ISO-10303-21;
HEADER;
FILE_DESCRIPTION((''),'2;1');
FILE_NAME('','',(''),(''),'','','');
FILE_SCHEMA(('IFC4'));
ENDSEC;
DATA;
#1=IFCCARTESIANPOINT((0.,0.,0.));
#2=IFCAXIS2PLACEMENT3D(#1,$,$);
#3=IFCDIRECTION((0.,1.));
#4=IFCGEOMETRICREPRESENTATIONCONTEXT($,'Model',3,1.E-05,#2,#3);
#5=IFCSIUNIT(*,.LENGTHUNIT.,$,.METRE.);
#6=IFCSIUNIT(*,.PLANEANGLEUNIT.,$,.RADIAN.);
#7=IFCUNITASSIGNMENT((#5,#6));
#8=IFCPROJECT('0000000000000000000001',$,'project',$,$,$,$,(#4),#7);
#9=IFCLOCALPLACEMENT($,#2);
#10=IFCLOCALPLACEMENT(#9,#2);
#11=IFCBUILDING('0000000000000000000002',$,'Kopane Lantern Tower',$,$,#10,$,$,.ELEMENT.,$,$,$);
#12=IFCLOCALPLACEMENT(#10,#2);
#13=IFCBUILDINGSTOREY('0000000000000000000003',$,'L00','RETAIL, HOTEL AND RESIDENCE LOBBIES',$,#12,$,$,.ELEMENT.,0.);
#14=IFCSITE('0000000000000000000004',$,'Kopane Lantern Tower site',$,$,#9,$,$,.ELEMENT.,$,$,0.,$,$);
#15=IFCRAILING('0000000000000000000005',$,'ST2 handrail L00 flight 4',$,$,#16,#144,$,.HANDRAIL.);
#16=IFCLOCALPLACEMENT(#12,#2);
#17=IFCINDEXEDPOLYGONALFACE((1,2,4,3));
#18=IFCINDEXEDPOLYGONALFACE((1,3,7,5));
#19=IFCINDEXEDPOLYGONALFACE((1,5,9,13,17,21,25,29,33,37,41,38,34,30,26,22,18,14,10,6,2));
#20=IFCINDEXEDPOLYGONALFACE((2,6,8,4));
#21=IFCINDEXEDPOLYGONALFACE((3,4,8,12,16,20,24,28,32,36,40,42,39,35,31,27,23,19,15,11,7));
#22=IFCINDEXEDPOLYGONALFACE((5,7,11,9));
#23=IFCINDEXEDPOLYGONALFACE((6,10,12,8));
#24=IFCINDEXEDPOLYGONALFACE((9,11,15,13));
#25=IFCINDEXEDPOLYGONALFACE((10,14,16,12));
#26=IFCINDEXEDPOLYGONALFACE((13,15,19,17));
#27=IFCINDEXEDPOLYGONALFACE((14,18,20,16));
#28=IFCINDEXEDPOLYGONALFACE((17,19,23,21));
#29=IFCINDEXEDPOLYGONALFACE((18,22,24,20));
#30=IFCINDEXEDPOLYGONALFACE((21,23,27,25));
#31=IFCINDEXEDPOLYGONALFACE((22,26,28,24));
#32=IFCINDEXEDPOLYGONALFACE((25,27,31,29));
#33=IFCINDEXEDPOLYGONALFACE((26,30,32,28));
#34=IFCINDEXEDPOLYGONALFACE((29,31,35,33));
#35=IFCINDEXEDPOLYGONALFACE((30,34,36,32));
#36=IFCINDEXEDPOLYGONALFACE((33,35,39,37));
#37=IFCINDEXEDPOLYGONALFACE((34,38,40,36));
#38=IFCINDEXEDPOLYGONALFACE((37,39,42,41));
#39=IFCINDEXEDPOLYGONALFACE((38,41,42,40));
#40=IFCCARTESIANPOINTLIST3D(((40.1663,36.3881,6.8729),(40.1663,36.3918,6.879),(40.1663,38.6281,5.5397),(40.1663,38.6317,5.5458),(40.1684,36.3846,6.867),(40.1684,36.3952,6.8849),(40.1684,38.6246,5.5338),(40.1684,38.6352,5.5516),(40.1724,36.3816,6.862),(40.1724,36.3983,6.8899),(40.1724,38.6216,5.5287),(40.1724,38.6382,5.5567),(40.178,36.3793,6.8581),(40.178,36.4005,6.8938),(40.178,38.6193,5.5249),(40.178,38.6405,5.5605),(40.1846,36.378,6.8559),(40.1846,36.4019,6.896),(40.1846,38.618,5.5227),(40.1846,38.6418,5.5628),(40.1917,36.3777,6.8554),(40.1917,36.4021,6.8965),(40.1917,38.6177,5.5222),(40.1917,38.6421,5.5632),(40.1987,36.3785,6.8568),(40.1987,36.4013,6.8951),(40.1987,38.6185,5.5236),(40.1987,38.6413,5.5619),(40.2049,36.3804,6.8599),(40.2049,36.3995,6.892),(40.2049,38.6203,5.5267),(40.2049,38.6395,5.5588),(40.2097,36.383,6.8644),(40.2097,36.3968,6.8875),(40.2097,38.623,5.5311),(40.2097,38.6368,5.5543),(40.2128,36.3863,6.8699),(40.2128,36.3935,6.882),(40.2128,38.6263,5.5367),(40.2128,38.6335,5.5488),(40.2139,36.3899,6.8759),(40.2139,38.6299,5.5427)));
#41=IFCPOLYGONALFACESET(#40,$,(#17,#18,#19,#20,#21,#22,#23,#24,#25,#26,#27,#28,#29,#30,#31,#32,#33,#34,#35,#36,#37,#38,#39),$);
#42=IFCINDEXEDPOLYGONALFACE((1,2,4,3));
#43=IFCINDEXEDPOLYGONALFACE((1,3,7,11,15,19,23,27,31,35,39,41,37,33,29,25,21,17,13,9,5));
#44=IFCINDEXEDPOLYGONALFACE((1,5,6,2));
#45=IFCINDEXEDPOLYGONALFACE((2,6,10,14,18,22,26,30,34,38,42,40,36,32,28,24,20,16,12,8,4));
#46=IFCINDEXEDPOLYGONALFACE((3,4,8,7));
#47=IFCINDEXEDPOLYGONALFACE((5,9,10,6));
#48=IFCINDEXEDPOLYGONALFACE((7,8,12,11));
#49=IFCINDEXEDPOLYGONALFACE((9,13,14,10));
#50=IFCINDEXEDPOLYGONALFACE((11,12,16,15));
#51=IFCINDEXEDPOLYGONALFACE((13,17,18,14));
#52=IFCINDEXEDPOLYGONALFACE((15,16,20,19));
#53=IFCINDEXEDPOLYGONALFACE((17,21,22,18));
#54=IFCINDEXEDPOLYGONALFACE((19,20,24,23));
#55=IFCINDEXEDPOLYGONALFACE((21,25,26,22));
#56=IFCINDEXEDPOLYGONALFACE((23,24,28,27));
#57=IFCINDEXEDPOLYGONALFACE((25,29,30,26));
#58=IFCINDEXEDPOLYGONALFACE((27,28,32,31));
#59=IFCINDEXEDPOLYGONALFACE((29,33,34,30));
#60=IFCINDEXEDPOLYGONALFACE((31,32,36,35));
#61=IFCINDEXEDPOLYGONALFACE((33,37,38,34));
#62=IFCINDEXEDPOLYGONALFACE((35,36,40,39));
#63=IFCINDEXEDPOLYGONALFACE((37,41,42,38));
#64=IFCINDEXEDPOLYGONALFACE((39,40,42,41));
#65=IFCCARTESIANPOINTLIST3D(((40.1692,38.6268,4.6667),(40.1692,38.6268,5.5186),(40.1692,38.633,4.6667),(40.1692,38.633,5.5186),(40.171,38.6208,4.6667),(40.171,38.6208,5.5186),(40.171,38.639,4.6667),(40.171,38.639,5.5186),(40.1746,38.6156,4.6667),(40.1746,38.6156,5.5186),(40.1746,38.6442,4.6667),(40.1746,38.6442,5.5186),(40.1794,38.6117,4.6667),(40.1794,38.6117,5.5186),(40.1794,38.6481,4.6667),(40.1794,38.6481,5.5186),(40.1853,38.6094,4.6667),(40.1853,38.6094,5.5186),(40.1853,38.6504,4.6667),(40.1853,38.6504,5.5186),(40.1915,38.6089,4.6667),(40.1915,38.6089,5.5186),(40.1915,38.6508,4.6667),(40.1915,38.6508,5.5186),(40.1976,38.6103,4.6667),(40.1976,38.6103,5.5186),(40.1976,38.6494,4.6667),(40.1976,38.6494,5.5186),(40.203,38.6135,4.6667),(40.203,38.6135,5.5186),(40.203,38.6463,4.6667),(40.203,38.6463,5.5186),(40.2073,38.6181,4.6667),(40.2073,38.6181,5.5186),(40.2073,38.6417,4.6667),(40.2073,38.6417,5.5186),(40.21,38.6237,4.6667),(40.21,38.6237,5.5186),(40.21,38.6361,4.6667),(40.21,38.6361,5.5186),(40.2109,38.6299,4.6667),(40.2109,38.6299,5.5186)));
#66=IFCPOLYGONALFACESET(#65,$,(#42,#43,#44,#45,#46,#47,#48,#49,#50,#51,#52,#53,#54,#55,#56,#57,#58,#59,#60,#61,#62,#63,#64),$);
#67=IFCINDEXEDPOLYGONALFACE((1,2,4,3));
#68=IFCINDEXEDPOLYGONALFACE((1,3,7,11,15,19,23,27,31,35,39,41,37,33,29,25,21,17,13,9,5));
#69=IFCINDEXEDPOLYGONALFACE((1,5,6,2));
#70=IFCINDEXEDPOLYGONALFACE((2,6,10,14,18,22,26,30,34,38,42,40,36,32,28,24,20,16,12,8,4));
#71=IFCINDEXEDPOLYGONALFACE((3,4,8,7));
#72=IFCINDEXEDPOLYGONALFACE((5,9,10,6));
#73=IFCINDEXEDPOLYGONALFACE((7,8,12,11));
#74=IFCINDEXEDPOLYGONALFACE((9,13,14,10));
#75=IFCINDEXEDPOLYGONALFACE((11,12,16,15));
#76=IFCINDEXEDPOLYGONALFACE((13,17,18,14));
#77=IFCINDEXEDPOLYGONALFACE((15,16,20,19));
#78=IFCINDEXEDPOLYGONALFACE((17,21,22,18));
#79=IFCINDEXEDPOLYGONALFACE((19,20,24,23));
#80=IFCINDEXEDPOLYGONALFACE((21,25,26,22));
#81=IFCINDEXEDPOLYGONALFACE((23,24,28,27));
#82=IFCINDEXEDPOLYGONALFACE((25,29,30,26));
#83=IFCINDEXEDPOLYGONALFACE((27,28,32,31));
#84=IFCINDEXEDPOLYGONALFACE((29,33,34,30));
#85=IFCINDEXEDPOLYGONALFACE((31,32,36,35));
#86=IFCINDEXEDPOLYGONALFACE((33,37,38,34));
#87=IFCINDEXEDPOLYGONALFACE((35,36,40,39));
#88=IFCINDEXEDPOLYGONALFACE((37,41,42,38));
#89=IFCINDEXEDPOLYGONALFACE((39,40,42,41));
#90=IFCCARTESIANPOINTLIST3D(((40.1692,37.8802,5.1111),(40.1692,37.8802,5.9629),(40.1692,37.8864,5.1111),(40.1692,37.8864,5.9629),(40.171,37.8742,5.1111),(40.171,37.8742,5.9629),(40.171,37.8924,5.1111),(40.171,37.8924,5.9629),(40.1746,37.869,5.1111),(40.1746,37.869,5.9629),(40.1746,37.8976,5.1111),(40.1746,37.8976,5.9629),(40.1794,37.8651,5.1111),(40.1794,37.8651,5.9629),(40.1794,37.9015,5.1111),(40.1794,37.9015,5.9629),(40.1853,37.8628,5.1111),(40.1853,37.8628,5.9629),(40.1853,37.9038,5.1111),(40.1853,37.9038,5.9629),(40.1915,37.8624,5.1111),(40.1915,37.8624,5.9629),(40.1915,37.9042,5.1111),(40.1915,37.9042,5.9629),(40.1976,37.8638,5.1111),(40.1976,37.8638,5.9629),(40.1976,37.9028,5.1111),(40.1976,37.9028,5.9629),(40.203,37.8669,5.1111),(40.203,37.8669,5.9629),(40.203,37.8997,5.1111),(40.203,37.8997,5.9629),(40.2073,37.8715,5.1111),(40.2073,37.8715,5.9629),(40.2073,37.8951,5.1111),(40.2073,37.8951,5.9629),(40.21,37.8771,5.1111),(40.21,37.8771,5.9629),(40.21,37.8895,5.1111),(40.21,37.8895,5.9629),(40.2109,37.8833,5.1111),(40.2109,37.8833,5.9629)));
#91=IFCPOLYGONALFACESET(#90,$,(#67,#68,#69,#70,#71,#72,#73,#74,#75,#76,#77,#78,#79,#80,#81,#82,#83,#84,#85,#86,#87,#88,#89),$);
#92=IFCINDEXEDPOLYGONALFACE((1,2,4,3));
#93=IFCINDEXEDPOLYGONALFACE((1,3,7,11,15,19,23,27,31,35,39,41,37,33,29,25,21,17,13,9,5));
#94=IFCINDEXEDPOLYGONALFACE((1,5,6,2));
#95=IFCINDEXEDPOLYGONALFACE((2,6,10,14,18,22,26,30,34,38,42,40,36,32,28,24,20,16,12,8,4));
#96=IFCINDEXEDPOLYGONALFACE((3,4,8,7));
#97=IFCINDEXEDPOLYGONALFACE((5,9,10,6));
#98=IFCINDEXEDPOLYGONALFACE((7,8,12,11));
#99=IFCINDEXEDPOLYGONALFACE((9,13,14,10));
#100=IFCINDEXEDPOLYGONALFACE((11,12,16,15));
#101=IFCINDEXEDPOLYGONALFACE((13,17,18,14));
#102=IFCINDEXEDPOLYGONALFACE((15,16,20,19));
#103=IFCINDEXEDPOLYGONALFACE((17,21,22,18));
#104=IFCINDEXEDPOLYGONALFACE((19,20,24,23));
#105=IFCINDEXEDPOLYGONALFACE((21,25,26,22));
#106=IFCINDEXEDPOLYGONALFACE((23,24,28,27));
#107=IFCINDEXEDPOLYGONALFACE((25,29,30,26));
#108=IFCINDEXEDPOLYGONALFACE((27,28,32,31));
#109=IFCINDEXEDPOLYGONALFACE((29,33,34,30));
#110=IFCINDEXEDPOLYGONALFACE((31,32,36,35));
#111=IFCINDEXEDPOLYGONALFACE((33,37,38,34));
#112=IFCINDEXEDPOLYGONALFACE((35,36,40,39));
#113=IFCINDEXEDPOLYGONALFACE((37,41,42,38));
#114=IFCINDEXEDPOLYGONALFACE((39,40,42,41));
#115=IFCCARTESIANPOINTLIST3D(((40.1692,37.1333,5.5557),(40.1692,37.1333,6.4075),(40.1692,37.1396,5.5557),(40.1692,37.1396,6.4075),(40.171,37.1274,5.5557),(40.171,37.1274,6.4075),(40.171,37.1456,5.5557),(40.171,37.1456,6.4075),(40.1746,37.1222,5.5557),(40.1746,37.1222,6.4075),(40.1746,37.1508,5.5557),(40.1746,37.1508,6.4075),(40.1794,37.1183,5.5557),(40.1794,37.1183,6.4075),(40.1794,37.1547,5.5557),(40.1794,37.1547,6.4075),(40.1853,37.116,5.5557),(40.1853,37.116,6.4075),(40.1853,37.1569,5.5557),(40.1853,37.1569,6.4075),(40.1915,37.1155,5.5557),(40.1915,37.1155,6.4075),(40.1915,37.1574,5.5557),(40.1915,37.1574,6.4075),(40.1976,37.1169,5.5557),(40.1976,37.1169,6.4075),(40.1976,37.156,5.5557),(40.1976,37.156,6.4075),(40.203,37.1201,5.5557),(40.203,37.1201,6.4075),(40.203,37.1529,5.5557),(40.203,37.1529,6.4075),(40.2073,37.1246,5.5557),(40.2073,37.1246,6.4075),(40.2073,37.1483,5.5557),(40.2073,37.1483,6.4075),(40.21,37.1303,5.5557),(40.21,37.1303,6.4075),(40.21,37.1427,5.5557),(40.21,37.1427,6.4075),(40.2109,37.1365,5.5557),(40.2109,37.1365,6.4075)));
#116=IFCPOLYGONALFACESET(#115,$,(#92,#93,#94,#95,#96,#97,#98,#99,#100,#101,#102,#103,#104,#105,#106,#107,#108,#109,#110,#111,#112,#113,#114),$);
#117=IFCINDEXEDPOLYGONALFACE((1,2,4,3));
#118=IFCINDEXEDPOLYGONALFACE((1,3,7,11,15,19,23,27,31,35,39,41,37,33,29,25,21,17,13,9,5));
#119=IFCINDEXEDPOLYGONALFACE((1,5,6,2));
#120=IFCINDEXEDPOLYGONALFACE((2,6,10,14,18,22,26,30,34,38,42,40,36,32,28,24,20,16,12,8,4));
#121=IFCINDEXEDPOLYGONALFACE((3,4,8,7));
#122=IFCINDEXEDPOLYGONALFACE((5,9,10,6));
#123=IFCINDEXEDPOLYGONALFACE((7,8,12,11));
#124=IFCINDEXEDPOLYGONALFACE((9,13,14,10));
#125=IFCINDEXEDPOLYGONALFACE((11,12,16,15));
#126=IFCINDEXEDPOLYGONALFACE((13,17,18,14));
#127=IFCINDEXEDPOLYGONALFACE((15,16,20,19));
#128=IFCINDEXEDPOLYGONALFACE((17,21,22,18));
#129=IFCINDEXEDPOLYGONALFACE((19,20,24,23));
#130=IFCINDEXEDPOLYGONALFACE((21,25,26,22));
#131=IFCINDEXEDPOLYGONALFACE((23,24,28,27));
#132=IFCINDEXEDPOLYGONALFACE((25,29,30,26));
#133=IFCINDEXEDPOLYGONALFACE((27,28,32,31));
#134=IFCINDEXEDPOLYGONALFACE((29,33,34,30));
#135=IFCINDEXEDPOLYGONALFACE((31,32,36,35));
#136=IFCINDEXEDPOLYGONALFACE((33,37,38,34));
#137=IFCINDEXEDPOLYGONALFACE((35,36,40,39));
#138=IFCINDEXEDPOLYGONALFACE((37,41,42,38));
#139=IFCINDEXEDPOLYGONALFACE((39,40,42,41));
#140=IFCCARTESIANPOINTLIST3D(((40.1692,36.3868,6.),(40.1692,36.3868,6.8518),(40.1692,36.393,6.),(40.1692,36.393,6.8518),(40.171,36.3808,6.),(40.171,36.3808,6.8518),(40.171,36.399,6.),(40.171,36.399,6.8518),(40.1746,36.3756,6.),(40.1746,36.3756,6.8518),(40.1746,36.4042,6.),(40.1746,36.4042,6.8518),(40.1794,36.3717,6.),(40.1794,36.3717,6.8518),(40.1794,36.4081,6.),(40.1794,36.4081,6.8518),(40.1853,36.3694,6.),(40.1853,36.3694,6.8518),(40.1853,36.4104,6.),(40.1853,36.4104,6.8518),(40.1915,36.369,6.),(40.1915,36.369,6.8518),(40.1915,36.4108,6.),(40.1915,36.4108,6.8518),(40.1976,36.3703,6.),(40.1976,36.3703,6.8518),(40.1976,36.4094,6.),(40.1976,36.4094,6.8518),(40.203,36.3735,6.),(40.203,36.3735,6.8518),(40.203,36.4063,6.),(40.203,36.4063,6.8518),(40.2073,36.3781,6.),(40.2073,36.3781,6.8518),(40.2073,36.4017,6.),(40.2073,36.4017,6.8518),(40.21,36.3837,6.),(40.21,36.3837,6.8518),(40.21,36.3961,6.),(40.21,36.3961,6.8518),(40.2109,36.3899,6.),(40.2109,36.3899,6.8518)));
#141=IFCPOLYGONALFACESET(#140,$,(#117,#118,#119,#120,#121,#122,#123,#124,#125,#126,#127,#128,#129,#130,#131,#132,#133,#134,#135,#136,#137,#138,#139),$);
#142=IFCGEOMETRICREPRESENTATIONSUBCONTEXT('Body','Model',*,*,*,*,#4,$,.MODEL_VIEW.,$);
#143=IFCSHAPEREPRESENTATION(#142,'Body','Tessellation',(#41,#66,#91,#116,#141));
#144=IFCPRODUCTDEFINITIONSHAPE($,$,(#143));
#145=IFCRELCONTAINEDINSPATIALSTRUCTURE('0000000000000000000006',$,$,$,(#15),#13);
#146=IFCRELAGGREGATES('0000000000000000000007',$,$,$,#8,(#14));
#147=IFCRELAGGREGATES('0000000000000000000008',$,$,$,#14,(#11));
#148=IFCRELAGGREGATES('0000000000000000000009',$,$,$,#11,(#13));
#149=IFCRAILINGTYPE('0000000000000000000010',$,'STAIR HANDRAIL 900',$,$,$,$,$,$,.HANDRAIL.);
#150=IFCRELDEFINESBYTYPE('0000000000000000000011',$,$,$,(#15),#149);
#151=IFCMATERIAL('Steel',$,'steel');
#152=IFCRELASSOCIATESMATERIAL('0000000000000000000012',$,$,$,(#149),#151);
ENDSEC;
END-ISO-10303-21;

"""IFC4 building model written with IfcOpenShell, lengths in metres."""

from ifc_helpers import new_model, si_unit, direction, frame, origin, origin_2d, place, context, subcontext, project, spatial, circle, extrude, material, type_object, element, save


model = new_model("IFC4")

# Units and contexts
model_context = context("Model", 3, precision=1e-05, world=origin(), true_north=direction((0.0, 1.0)))
body_context = subcontext(model_context, "Body", "Model", "MODEL_VIEW")
ifc_project = project(units=[si_unit("LENGTHUNIT", "METRE"), si_unit("PLANEANGLEUNIT", "RADIAN")], contexts=[model_context])

# Site, building, storey
site_placement = place(None, origin())
site = spatial("IfcSite", under=ifc_project, at=site_placement, Name="Kopane Lantern Tower site", CompositionType="ELEMENT", RefElevation=0.0)
building_placement = place(site_placement, origin())
building = spatial("IfcBuilding", under=site, at=building_placement, Name="Kopane Lantern Tower", CompositionType="ELEMENT")
storey_placement = place(building_placement, origin())
storey = spatial("IfcBuildingStorey", under=building, at=storey_placement, Name="L00", Description="RETAIL, HOTEL AND RESIDENCE LOBBIES", CompositionType="ELEMENT", Elevation=0.0)

# Railing
ifc_material_1 = material(Name="Steel", Category="steel")
railing_type = type_object("IfcRailingType", Name="STAIR HANDRAIL 900", PredefinedType="HANDRAIL", material=ifc_material_1)
for number, where, name in (
    (1, (40.1899, 38.6299, 4.6667), "ST2 handrail L00 flight 4"),
):
    element("IfcRailing", number, at=place(storey_placement, frame(where)), inside=storey, type_object=railing_type, Name=name, PredefinedType="HANDRAIL", context=body_context, shape_type="SweptSolid", body=[
        extrude(circle(Radius=0.0239, at=origin_2d()), frame((0.0, 0.0, 0.876), z_axis=(0.0, -0.859306, 0.511462), x_axis=(1.0, 0.0, 0.0)), (0.0, 0.0, 1.0), 2.6067),
        extrude(circle(Radius=0.021, at=origin_2d()), origin(), (0.0, 0.0, 1.0), 0.8518),
        extrude(circle(Radius=0.021, at=origin_2d()), frame((0.0, -0.7466, 0.4443)), (0.0, 0.0, 1.0), 0.8518),
        extrude(circle(Radius=0.021, at=origin_2d()), frame((0.0, -1.4934, 0.8889)), (0.0, 0.0, 1.0), 0.8518),
        extrude(circle(Radius=0.021, at=origin_2d()), frame((0.0, -2.24, 1.3333)), (0.0, 0.0, 1.0), 0.8518),
    ])

save(model, "model.ifc")
